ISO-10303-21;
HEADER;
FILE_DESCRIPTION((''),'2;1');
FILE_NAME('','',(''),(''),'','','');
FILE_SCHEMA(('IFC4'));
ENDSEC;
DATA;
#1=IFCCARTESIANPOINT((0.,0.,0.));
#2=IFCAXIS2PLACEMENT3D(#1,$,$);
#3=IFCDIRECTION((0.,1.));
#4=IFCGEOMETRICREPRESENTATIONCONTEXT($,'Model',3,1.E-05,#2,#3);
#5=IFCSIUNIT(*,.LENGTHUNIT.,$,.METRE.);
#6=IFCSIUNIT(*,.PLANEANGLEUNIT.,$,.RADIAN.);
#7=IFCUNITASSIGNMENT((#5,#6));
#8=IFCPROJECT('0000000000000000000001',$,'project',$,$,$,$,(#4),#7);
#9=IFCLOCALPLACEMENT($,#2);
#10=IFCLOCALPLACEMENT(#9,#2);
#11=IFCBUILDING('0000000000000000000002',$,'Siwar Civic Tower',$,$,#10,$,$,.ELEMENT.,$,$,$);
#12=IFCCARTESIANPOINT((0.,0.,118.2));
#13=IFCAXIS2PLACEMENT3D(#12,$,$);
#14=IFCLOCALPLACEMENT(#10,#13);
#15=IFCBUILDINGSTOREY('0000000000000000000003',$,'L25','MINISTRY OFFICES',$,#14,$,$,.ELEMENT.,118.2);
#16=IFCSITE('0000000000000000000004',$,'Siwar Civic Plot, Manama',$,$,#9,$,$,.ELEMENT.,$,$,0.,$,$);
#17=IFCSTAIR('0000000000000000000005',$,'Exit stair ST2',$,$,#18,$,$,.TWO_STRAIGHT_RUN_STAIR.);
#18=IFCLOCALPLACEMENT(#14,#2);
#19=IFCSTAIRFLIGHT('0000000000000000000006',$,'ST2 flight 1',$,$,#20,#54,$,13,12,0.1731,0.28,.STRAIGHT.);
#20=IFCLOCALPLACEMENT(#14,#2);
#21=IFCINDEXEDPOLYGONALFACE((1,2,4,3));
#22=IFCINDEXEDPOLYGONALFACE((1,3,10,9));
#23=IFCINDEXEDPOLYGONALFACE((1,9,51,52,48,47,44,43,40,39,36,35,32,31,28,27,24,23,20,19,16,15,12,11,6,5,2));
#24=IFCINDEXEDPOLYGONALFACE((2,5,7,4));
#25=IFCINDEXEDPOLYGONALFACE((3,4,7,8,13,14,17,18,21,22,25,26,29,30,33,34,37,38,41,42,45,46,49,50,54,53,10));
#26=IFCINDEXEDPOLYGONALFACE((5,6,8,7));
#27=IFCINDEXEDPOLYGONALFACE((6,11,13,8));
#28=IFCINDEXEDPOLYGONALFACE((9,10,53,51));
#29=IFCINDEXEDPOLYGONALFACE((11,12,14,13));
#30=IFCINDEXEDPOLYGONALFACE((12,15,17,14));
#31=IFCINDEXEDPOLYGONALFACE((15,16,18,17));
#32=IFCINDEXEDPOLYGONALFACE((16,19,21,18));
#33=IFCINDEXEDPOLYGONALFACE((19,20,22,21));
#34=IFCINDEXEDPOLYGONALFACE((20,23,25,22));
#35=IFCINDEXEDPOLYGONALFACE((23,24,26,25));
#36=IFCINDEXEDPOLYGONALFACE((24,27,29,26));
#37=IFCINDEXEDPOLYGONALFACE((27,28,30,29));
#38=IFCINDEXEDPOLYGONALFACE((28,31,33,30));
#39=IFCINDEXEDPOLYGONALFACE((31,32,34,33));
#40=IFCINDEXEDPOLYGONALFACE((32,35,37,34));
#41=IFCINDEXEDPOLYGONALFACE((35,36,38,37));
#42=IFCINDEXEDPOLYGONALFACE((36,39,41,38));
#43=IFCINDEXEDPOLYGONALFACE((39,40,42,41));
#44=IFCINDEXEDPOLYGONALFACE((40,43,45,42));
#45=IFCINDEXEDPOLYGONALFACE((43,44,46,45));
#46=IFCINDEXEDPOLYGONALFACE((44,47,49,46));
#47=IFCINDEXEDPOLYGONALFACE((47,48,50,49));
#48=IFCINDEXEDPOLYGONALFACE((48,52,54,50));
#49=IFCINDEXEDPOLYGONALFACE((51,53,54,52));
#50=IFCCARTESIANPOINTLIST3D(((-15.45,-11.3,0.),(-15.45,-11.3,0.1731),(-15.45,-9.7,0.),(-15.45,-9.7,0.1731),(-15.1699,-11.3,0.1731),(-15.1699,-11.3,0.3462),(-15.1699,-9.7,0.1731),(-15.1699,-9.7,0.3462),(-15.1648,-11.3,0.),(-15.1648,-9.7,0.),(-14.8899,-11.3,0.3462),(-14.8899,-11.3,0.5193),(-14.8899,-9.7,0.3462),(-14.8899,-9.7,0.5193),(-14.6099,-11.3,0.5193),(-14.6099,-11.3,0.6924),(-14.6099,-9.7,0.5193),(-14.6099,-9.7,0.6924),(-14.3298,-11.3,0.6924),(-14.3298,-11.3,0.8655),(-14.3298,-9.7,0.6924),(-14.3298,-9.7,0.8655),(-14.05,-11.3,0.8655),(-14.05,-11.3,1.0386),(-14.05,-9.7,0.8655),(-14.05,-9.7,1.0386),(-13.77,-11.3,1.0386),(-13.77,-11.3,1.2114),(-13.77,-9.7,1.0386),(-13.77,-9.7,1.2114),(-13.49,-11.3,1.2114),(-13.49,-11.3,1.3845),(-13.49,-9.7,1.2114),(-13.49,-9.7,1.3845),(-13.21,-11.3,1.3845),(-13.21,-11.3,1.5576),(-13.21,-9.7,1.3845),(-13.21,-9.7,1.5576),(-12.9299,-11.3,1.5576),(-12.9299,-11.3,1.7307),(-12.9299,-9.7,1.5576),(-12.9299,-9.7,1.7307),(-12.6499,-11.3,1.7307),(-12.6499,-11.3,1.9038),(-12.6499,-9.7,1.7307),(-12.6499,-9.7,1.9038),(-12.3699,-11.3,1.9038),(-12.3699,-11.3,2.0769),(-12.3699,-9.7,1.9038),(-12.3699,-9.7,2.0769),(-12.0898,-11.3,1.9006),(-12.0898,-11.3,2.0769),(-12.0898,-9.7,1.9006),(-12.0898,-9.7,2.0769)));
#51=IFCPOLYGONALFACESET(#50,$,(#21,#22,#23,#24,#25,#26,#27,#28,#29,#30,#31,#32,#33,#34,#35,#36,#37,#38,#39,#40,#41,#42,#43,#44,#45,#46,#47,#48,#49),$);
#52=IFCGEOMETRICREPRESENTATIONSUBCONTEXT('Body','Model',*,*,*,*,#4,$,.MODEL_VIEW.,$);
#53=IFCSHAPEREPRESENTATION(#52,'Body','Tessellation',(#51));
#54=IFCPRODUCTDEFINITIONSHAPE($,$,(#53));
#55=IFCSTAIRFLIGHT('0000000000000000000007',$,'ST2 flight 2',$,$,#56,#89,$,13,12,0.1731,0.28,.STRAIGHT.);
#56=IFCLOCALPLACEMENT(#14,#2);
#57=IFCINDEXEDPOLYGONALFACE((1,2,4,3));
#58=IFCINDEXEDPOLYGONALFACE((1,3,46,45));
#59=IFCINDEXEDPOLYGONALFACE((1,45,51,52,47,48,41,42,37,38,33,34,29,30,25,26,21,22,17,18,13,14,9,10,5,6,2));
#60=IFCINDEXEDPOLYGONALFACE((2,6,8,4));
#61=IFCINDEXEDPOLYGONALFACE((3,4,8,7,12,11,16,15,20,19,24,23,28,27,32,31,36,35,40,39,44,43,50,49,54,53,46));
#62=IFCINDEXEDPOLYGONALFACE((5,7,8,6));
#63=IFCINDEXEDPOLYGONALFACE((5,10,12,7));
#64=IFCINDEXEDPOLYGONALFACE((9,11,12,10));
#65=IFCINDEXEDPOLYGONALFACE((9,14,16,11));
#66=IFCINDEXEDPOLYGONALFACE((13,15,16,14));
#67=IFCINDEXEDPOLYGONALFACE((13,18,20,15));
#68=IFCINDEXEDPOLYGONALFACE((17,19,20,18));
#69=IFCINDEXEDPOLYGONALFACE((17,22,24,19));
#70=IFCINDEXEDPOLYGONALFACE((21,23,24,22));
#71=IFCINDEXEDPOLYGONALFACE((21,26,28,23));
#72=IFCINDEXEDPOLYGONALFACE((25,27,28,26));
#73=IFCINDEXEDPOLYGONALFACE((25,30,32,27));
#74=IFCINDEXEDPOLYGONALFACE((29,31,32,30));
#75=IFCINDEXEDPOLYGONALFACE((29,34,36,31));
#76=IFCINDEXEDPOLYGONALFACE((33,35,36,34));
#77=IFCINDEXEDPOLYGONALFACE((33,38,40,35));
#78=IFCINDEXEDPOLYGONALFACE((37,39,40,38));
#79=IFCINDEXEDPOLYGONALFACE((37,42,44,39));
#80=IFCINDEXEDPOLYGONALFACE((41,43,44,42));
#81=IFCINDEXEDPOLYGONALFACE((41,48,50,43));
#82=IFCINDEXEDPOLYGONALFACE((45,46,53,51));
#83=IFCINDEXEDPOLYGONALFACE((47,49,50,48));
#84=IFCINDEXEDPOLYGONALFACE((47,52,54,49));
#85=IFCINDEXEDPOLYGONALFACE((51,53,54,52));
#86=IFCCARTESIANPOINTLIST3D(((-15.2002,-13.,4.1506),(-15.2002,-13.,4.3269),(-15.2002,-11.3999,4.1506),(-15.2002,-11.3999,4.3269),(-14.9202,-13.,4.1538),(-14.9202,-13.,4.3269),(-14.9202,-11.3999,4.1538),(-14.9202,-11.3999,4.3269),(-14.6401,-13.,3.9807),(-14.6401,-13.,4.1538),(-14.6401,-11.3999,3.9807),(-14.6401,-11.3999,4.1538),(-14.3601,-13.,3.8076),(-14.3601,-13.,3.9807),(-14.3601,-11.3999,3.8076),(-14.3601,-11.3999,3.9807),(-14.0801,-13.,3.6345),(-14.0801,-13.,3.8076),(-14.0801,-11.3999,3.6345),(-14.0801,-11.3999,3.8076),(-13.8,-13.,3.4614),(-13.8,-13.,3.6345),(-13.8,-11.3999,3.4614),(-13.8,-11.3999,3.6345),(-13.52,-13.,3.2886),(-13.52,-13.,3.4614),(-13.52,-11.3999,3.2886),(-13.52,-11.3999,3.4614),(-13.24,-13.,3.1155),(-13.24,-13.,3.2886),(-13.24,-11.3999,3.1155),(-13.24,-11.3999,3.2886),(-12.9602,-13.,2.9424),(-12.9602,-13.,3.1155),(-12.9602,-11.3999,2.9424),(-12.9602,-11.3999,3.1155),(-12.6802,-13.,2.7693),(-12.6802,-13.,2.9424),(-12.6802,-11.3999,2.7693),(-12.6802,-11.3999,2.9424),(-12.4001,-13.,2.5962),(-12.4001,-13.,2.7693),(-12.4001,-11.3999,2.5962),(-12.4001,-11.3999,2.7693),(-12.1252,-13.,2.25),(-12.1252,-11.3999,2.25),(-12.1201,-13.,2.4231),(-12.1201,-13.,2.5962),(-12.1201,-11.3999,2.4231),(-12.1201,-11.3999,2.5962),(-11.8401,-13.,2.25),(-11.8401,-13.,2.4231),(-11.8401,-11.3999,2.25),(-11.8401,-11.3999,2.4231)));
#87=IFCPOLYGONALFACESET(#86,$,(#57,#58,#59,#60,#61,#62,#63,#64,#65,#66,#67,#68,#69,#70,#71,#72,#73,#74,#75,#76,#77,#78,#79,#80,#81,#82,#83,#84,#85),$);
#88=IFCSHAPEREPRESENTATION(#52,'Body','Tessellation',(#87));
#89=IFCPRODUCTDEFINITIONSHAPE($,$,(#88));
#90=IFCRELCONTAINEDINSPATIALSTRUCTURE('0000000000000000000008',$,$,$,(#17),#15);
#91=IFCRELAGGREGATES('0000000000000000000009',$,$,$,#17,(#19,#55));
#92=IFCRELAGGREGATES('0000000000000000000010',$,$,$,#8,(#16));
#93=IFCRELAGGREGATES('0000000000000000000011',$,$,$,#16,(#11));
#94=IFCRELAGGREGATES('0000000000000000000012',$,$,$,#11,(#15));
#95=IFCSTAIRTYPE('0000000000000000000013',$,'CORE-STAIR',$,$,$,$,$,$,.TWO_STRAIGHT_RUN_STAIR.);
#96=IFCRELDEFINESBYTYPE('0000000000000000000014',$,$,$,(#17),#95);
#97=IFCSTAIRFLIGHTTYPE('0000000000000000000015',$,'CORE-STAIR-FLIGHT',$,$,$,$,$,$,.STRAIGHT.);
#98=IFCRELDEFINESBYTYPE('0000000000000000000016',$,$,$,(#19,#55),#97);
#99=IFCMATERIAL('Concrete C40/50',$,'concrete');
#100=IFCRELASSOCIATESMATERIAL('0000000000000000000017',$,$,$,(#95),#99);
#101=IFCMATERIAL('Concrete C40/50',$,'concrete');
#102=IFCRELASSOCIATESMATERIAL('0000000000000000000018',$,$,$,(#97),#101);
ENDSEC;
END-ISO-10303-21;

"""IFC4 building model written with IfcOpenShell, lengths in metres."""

from ifc_helpers import new_model, si_unit, direction, frame, origin, place, context, subcontext, project, spatial, polyline, outline, extrude, material, type_object, element, aggregate, save


model = new_model("IFC4")

# Units and contexts
model_context = context("Model", 3, precision=1e-05, world=origin(), true_north=direction((0.0, 1.0)))
body_context = subcontext(model_context, "Body", "Model", "MODEL_VIEW")
ifc_project = project(units=[si_unit("LENGTHUNIT", "METRE"), si_unit("PLANEANGLEUNIT", "RADIAN")], contexts=[model_context])

# Site, building, storey
site_placement = place(None, origin())
site = spatial("IfcSite", under=ifc_project, at=site_placement, Name="Siwar Civic Plot, Manama", CompositionType="ELEMENT", RefElevation=0.0)
building_placement = place(site_placement, origin())
building = spatial("IfcBuilding", under=site, at=building_placement, Name="Siwar Civic Tower", CompositionType="ELEMENT")
storey_placement = place(building_placement, frame((0.0, 0.0, 118.2)))
storey = spatial("IfcBuildingStorey", under=building, at=storey_placement, Name="L25", Description="MINISTRY OFFICES", CompositionType="ELEMENT", Elevation=118.2)

# Stair, stair flights
ifc_material_1 = material(Name="Concrete C40/50", Category="concrete")
stair_type = type_object("IfcStairType", Name="CORE-STAIR", PredefinedType="TWO_STRAIGHT_RUN_STAIR", material=ifc_material_1)
stair_placement = place(storey_placement, origin())
stair = element("IfcStair", 1, at=stair_placement, inside=storey, type_object=stair_type, Name="Exit stair ST2", PredefinedType="TWO_STRAIGHT_RUN_STAIR")
ifc_material_2 = material(Name="Concrete C40/50", Category="concrete")
stair_flight_type = type_object("IfcStairFlightType", Name="CORE-STAIR-FLIGHT", PredefinedType="STRAIGHT", material=ifc_material_2)
stair_flight_1_placement = place(storey_placement, frame((-15.45, -10.5, 0.0), z_axis=(0.0, 0.0, 1.0), x_axis=(1.0, 0.0, 0.0)))
stair_flight_1 = element("IfcStairFlight", 2, at=stair_flight_1_placement, type_object=stair_flight_type, Name="ST2 flight 1", NumberOfRisers=13, NumberOfTreads=12, PredefinedType="STRAIGHT", RiserHeight=0.1731, TreadLength=0.28, context=body_context, shape_type="SweptSolid", body=[
    extrude(outline(polyline([(0.0, 0.0), (0.0, 0.1731), (0.28, 0.1731), (0.28, 0.3462), (0.5601, 0.3462), (0.5601, 0.5193), (0.8401, 0.5193), (0.8401, 0.6924), (1.1201, 0.6924), (1.1201, 0.8655), (1.3999, 0.8655), (1.3999, 1.0386), (1.6799, 1.0386), (1.6799, 1.2114), (1.96, 1.2114), (1.96, 1.3845), (2.24, 1.3845), (2.24, 1.5576), (2.52, 1.5576), (2.52, 1.7307), (2.8, 1.7307), (2.8, 1.9038), (3.0801, 1.9038), (3.0801, 2.0769), (3.3601, 2.0769), (3.3601, 2.25), (3.3601, 1.9006), (0.2852, 0.0), (0.0, 0.0)])), frame((0.0, 0.8, 0.0), z_axis=(0.0, -1.0, 0.0), x_axis=(1.0, 0.0, 0.0)), (0.0, 0.0, 1.0), 1.6001),
])
stair_flight_2_placement = place(storey_placement, frame((-11.8401, -12.2, 2.25), z_axis=(0.0, 0.0, 1.0), x_axis=(-1.0, 0.0, 0.0)))
stair_flight_2 = element("IfcStairFlight", 3, at=stair_flight_2_placement, type_object=stair_flight_type, Name="ST2 flight 2", NumberOfRisers=13, NumberOfTreads=12, PredefinedType="STRAIGHT", RiserHeight=0.1731, TreadLength=0.28, context=body_context, shape_type="SweptSolid", body=[
    extrude(outline(polyline([(0.0, 0.0), (0.0, 0.1731), (0.28, 0.1731), (0.28, 0.3462), (0.5601, 0.3462), (0.5601, 0.5193), (0.8401, 0.5193), (0.8401, 0.6924), (1.1201, 0.6924), (1.1201, 0.8655), (1.3999, 0.8655), (1.3999, 1.0386), (1.6799, 1.0386), (1.6799, 1.2114), (1.96, 1.2114), (1.96, 1.3845), (2.24, 1.3845), (2.24, 1.5576), (2.52, 1.5576), (2.52, 1.7307), (2.8, 1.7307), (2.8, 1.9038), (3.0801, 1.9038), (3.0801, 2.0769), (3.3601, 2.0769), (3.3601, 2.25), (3.3601, 1.9006), (0.2852, 0.0), (0.0, 0.0)])), frame((0.0, 0.8, 0.0), z_axis=(0.0, -1.0, 0.0), x_axis=(1.0, 0.0, 0.0)), (0.0, 0.0, 1.0), 1.6001),
])
aggregate(stair, [stair_flight_1, stair_flight_2])

save(model, "model.ifc")
